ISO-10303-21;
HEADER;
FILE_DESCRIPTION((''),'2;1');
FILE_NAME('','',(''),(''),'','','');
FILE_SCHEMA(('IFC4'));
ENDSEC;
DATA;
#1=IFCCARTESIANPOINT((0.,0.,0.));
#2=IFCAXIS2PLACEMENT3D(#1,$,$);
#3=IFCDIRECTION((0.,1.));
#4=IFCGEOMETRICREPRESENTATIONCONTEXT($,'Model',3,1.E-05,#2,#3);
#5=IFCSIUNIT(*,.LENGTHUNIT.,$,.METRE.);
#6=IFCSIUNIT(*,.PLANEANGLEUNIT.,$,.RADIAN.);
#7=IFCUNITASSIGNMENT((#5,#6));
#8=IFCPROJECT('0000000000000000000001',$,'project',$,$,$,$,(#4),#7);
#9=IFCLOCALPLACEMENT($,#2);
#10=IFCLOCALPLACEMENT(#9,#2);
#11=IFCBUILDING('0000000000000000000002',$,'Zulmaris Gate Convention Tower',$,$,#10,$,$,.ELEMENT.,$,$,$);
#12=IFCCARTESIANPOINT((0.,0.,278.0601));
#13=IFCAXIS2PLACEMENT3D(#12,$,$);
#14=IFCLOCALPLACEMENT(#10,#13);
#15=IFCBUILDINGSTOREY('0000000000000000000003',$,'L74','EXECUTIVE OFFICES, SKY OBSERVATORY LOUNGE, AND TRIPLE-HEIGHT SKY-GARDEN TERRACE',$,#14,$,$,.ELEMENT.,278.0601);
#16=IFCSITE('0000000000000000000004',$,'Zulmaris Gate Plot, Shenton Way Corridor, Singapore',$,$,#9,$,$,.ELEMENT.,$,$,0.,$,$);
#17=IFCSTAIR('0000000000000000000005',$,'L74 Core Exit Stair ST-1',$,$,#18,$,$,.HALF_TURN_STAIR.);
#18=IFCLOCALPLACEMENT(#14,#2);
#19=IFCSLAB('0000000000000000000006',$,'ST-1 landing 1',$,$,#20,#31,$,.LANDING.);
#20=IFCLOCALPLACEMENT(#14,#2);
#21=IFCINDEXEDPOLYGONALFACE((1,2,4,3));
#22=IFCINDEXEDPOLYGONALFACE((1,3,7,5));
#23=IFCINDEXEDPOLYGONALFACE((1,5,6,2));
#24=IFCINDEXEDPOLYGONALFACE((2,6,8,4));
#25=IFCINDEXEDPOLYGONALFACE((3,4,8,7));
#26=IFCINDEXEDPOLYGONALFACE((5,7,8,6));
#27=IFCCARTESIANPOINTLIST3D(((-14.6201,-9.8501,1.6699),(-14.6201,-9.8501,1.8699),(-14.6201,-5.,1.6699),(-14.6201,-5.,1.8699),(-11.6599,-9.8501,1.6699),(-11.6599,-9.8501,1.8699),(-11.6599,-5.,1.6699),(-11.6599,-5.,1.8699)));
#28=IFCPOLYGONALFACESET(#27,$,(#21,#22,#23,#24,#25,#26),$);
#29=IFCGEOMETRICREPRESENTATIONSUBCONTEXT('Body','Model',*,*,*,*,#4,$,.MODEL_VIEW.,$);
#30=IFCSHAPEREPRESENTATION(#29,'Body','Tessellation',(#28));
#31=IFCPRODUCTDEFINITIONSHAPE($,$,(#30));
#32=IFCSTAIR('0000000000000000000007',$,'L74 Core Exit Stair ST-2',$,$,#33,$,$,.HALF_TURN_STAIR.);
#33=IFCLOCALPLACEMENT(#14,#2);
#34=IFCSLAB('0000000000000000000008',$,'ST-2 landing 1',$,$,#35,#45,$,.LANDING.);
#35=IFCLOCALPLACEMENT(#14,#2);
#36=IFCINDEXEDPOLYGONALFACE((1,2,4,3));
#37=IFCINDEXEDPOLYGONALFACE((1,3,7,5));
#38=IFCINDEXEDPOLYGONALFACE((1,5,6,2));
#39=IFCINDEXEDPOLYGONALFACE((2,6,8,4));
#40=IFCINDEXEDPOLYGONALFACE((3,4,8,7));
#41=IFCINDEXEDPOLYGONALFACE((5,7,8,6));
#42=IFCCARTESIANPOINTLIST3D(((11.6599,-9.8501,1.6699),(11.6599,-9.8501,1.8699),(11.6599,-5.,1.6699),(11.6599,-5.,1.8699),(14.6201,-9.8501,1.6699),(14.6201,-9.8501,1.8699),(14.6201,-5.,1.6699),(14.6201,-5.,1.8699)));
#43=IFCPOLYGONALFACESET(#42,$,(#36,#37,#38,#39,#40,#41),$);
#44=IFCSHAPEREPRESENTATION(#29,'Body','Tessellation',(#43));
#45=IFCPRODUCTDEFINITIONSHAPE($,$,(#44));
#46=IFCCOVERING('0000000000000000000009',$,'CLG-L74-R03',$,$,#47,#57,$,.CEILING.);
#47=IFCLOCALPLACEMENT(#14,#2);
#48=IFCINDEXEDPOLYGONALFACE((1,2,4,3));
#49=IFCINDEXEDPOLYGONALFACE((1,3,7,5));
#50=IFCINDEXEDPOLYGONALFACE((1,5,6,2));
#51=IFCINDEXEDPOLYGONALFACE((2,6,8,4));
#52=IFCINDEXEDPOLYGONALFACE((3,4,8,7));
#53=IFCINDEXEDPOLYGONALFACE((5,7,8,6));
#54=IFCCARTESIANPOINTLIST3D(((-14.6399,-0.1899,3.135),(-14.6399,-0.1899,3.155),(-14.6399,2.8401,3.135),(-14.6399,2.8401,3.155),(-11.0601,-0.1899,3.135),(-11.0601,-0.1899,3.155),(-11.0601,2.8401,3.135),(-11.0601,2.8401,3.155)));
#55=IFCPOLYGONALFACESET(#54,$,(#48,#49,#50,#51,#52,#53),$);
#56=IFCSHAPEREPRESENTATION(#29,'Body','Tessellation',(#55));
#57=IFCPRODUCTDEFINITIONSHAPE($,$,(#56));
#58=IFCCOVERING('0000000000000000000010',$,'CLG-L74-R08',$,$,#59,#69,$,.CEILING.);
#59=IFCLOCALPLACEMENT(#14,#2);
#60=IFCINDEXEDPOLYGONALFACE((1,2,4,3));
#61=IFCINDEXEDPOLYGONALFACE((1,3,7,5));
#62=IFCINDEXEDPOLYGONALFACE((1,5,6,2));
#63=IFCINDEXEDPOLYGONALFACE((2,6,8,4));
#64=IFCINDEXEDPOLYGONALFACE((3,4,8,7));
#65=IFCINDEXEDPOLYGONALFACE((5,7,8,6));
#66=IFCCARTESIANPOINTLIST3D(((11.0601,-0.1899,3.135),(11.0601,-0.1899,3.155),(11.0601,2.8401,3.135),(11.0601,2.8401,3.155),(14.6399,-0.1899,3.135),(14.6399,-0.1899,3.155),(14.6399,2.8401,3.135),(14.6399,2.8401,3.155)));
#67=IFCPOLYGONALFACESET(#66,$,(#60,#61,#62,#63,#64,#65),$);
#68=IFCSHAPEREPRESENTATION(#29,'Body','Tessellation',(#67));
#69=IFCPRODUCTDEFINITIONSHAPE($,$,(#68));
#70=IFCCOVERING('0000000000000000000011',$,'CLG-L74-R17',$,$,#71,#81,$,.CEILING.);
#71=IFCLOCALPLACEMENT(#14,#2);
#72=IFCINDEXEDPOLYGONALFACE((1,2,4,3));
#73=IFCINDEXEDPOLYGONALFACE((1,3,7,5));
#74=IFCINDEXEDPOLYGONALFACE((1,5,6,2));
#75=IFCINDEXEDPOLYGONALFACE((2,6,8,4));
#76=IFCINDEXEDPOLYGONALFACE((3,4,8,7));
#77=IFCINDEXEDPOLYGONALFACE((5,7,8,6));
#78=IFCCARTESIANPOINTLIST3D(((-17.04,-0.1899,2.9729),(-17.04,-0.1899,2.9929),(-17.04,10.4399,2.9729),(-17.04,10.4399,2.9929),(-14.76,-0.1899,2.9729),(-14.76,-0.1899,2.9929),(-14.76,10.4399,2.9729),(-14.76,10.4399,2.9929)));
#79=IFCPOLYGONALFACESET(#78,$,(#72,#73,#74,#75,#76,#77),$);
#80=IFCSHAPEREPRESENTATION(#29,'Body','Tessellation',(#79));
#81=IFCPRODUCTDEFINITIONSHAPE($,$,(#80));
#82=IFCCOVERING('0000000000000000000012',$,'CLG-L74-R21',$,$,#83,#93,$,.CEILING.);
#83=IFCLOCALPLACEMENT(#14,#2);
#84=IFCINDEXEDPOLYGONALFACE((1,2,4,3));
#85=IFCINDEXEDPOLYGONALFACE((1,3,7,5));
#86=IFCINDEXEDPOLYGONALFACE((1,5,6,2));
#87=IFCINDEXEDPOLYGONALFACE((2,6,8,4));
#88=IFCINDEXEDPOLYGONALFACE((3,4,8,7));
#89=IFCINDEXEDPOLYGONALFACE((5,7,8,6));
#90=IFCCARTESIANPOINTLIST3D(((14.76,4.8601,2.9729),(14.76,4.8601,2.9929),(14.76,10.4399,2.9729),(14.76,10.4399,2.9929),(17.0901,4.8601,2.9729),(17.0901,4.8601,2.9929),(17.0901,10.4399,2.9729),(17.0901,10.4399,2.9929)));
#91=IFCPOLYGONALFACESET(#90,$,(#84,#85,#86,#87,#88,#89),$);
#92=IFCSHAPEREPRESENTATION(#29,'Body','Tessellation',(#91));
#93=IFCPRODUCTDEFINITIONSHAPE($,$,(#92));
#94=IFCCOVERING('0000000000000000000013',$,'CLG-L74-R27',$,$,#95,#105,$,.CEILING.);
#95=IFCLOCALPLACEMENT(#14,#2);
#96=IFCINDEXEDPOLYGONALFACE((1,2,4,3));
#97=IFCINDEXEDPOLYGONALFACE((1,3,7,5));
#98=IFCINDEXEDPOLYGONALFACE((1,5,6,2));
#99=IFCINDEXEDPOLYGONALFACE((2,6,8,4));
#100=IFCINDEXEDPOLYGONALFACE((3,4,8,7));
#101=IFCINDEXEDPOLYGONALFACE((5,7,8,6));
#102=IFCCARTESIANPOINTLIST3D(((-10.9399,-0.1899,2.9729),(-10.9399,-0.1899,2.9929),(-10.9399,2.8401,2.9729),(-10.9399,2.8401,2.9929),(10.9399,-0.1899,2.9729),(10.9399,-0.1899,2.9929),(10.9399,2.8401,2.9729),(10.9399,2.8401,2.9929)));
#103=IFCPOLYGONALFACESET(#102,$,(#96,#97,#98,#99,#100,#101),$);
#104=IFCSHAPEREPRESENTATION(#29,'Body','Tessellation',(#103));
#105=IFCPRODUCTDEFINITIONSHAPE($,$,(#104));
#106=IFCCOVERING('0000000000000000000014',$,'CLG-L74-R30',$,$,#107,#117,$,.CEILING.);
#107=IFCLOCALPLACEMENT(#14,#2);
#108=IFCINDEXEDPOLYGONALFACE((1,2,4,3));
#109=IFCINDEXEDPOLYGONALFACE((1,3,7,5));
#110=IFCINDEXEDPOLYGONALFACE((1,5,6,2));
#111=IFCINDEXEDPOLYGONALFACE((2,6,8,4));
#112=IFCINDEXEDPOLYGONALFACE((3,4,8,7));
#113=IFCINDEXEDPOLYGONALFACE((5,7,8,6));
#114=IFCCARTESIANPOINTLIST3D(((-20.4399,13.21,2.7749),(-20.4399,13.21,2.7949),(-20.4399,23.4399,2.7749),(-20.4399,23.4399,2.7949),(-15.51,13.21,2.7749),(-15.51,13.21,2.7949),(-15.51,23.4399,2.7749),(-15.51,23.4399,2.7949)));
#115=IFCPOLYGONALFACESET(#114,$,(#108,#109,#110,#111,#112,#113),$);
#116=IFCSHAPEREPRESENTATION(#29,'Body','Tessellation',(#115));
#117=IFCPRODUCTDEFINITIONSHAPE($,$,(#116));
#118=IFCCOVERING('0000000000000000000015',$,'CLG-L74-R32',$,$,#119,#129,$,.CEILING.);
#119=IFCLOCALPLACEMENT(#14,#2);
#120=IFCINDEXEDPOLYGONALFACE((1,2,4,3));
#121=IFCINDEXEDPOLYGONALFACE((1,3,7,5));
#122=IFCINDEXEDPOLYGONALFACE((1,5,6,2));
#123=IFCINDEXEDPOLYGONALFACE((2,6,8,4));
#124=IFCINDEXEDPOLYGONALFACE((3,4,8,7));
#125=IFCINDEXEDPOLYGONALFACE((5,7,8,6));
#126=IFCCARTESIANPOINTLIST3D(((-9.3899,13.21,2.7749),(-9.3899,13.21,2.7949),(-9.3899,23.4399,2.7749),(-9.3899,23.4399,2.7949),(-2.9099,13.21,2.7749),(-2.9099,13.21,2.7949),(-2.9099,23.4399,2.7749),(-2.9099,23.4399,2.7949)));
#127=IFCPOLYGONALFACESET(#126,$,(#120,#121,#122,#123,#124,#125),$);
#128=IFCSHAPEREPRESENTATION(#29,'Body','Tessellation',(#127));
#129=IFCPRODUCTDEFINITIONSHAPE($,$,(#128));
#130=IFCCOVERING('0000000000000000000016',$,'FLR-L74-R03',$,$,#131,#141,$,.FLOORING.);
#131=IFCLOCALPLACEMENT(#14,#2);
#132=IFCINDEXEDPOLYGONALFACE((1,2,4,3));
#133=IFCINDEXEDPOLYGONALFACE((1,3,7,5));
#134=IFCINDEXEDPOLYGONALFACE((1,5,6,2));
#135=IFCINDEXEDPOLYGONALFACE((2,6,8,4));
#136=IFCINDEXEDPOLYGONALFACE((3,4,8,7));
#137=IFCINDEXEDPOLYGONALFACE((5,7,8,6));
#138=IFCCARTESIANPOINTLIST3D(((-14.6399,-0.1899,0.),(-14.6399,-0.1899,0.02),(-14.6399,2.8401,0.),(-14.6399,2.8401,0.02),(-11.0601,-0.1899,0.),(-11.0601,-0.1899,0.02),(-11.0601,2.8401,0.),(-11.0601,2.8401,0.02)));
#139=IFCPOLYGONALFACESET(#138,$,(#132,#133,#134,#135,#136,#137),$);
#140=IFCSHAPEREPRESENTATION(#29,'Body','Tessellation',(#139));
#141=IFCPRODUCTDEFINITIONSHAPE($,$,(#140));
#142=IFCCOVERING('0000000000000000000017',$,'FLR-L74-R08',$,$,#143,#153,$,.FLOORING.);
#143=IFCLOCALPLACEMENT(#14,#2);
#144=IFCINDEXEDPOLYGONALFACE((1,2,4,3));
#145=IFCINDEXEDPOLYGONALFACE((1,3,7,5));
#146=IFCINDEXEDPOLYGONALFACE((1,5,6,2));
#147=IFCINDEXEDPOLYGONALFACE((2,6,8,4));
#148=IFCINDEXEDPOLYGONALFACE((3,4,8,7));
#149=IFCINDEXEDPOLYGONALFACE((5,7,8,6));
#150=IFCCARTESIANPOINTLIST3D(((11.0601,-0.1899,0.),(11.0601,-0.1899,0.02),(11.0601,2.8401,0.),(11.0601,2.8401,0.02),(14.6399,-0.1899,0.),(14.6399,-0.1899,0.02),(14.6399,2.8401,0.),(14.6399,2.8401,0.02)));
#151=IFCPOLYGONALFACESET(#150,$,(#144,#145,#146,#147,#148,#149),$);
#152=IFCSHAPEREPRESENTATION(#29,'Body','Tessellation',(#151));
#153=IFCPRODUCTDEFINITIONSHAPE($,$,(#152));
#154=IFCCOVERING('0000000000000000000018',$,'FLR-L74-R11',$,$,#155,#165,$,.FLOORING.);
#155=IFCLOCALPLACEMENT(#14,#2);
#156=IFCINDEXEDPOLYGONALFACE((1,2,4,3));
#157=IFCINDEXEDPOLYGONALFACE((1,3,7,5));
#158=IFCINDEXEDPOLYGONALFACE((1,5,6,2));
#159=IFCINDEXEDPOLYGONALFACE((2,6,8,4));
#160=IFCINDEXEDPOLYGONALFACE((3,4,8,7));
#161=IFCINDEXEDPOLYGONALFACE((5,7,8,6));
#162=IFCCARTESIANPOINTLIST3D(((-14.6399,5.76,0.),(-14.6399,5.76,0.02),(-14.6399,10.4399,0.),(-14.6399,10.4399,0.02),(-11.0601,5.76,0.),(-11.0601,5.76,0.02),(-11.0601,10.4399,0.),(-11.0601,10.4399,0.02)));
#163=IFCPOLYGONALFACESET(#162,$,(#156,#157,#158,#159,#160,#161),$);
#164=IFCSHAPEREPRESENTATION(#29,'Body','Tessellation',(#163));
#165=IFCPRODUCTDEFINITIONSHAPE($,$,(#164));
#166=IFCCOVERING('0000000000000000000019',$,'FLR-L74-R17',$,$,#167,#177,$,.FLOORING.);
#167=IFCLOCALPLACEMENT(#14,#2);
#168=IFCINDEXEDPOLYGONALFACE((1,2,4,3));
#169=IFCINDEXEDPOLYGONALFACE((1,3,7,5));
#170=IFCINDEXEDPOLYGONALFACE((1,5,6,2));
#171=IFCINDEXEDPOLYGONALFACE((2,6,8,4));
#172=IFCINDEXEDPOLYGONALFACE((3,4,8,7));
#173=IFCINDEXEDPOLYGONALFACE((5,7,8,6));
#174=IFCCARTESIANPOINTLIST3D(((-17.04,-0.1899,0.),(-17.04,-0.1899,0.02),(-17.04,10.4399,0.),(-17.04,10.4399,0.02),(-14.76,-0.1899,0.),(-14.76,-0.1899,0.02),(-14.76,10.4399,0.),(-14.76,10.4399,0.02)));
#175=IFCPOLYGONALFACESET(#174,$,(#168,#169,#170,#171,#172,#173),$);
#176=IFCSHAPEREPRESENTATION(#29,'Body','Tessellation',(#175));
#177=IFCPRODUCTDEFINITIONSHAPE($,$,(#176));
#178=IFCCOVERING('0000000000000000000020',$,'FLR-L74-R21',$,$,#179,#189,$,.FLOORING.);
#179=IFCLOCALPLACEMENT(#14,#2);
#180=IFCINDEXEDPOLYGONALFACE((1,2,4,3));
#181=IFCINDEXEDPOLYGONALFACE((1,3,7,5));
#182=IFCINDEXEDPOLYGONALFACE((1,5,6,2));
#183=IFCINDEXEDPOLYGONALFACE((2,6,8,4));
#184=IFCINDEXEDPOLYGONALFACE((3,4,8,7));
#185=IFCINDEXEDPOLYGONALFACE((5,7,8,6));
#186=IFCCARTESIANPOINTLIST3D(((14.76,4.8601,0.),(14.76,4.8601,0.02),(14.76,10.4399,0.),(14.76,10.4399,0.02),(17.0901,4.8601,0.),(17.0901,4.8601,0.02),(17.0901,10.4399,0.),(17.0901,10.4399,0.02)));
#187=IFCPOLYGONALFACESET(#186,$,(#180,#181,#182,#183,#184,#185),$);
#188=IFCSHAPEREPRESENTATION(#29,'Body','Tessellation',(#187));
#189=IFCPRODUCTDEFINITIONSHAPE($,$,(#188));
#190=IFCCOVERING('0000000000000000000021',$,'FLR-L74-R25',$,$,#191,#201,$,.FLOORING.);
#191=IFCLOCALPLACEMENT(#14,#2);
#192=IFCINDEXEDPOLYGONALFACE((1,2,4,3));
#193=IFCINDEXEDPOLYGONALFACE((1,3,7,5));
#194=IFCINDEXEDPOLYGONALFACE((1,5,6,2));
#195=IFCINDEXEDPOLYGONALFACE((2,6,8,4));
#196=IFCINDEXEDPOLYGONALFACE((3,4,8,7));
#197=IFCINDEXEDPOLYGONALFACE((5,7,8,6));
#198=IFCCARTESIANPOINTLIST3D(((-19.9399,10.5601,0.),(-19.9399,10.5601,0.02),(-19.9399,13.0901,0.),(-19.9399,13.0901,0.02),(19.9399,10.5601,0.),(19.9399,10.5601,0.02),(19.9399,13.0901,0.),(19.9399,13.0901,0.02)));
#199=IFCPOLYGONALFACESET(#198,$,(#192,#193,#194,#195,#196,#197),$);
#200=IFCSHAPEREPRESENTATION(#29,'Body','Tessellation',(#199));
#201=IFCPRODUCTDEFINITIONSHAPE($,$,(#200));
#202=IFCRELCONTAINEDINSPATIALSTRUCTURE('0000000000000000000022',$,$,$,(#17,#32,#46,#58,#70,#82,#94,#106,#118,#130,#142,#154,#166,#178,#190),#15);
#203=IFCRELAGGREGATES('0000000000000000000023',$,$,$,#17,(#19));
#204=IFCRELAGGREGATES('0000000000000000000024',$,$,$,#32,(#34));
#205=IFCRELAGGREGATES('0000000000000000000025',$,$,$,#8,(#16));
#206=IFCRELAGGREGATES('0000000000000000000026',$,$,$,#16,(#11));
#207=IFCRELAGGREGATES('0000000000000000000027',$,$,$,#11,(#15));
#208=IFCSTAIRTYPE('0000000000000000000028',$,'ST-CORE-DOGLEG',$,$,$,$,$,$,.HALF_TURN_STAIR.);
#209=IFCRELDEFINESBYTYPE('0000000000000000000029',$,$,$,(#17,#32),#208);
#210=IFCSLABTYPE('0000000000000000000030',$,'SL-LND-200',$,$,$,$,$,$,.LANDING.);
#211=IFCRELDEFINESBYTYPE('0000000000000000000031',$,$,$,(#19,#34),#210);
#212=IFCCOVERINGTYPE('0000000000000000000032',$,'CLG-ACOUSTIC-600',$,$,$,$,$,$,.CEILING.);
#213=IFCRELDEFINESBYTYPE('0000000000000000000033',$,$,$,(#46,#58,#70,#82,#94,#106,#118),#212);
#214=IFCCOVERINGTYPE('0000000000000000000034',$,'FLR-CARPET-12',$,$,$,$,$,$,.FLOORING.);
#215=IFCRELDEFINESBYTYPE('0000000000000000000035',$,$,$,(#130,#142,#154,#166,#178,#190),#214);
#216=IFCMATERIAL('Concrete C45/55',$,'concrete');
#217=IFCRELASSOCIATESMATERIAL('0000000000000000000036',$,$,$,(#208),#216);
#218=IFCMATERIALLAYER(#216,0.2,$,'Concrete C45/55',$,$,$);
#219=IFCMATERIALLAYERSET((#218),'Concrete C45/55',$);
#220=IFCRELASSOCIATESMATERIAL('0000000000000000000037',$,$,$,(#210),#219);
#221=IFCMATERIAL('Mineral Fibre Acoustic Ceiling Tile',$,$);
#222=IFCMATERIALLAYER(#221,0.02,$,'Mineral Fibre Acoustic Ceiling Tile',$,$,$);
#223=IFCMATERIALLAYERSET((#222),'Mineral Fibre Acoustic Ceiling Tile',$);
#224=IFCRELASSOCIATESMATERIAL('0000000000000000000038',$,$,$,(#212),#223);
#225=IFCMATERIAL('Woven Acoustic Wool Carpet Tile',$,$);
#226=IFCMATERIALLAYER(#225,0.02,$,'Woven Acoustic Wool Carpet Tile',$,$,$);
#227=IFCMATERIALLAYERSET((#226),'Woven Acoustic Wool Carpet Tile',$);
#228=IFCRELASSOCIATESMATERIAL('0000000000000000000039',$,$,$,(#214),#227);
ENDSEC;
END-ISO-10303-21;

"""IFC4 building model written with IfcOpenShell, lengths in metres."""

from ifc_helpers import new_model, si_unit, direction, frame, origin, place, context, subcontext, project, spatial, polyline, outline, extrude, material, layer, layer_set, type_object, element, aggregate, save


model = new_model("IFC4")

# Units and contexts
model_context = context("Model", 3, precision=1e-05, world=origin(), true_north=direction((0.0, 1.0)))
body_context = subcontext(model_context, "Body", "Model", "MODEL_VIEW")
ifc_project = project(units=[si_unit("LENGTHUNIT", "METRE"), si_unit("PLANEANGLEUNIT", "RADIAN")], contexts=[model_context])

# Site, building, storey
site_placement = place(None, origin())
site = spatial("IfcSite", under=ifc_project, at=site_placement, Name="Zulmaris Gate Plot, Shenton Way Corridor, Singapore", CompositionType="ELEMENT", RefElevation=0.0)
building_placement = place(site_placement, origin())
building = spatial("IfcBuilding", under=site, at=building_placement, Name="Zulmaris Gate Convention Tower", CompositionType="ELEMENT")
storey_placement = place(building_placement, frame((0.0, 0.0, 278.0601)))
storey = spatial("IfcBuildingStorey", under=building, at=storey_placement, Name="L74", Description="EXECUTIVE OFFICES, SKY OBSERVATORY LOUNGE, AND TRIPLE-HEIGHT SKY-GARDEN TERRACE", CompositionType="ELEMENT", Elevation=278.0601)

# Stairs, slabs
ifc_material_1 = material(Name="Concrete C45/55", Category="concrete")
stair_type = type_object("IfcStairType", Name="ST-CORE-DOGLEG", PredefinedType="HALF_TURN_STAIR", material=ifc_material_1)
stair_1_placement = place(storey_placement, origin())
stair_1 = element("IfcStair", 1, at=stair_1_placement, inside=storey, type_object=stair_type, Name="L74 Core Exit Stair ST-1", PredefinedType="HALF_TURN_STAIR")
ifc_layer_1 = layer(ifc_material_1, 0.2, Name="Concrete C45/55")
ifc_layer_set_1 = layer_set([ifc_layer_1], Name="Concrete C45/55")
slab_type = type_object("IfcSlabType", Name="SL-LND-200", PredefinedType="LANDING", material=ifc_layer_set_1)
slab_1_placement = place(storey_placement, frame((0.0, 0.0, 1.6699)))
slab_1 = element("IfcSlab", 2, at=slab_1_placement, type_object=slab_type, Name="ST-1 landing 1", PredefinedType="LANDING", context=body_context, shape_type="SweptSolid", body=[
    extrude(outline(polyline([(-14.6201, -5.0), (-14.6201, -9.8501), (-11.6599, -9.8501), (-11.6599, -5.0), (-14.6201, -5.0)])), origin(), (0.0, 0.0, 1.0), 0.2),
])
aggregate(stair_1, [slab_1])
stair_2_placement = place(storey_placement, origin())
stair_2 = element("IfcStair", 3, at=stair_2_placement, inside=storey, type_object=stair_type, Name="L74 Core Exit Stair ST-2", PredefinedType="HALF_TURN_STAIR")
slab_2_placement = place(storey_placement, frame((0.0, 0.0, 1.6699)))
slab_2 = element("IfcSlab", 4, at=slab_2_placement, type_object=slab_type, Name="ST-2 landing 1", PredefinedType="LANDING", context=body_context, shape_type="SweptSolid", body=[
    extrude(outline(polyline([(11.6599, -5.0), (11.6599, -9.8501), (14.6201, -9.8501), (14.6201, -5.0), (11.6599, -5.0)])), origin(), (0.0, 0.0, 1.0), 0.2),
])
aggregate(stair_2, [slab_2])

# Coverings
ifc_material_2 = material(Name="Mineral Fibre Acoustic Ceiling Tile")
ifc_layer_2 = layer(ifc_material_2, 0.02, Name="Mineral Fibre Acoustic Ceiling Tile")
ifc_layer_set_2 = layer_set([ifc_layer_2], Name="Mineral Fibre Acoustic Ceiling Tile")
covering_type_1 = type_object("IfcCoveringType", Name="CLG-ACOUSTIC-600", PredefinedType="CEILING", material=ifc_layer_set_2)
covering_1_placement = place(storey_placement, frame((0.0, 0.0, 3.135)))
element("IfcCovering", 5, at=covering_1_placement, inside=storey, type_object=covering_type_1, Name="CLG-L74-R03", PredefinedType="CEILING", context=body_context, shape_type="SweptSolid", body=[
    extrude(outline(polyline([(-14.6399, -0.1899), (-11.0601, -0.1899), (-11.0601, 2.8401), (-14.6399, 2.8401), (-14.6399, -0.1899)])), origin(), (0.0, 0.0, 1.0), 0.02),
])
covering_2_placement = place(storey_placement, frame((0.0, 0.0, 3.135)))
element("IfcCovering", 6, at=covering_2_placement, inside=storey, type_object=covering_type_1, Name="CLG-L74-R08", PredefinedType="CEILING", context=body_context, shape_type="SweptSolid", body=[
    extrude(outline(polyline([(11.0601, -0.1899), (14.6399, -0.1899), (14.6399, 2.8401), (11.0601, 2.8401), (11.0601, -0.1899)])), origin(), (0.0, 0.0, 1.0), 0.02),
])
covering_3_placement = place(storey_placement, frame((0.0, 0.0, 2.9729)))
element("IfcCovering", 7, at=covering_3_placement, inside=storey, type_object=covering_type_1, Name="CLG-L74-R17", PredefinedType="CEILING", context=body_context, shape_type="SweptSolid", body=[
    extrude(outline(polyline([(-17.04, -0.1899), (-14.76, -0.1899), (-14.76, 10.4399), (-17.04, 10.4399), (-17.04, -0.1899)])), origin(), (0.0, 0.0, 1.0), 0.02),
])
covering_4_placement = place(storey_placement, frame((0.0, 0.0, 2.9729)))
element("IfcCovering", 8, at=covering_4_placement, inside=storey, type_object=covering_type_1, Name="CLG-L74-R21", PredefinedType="CEILING", context=body_context, shape_type="SweptSolid", body=[
    extrude(outline(polyline([(14.76, 4.8601), (17.0901, 4.8601), (17.0901, 10.4399), (14.76, 10.4399), (14.76, 4.8601)])), origin(), (0.0, 0.0, 1.0), 0.02),
])
covering_5_placement = place(storey_placement, frame((0.0, 0.0, 2.9729)))
element("IfcCovering", 9, at=covering_5_placement, inside=storey, type_object=covering_type_1, Name="CLG-L74-R27", PredefinedType="CEILING", context=body_context, shape_type="SweptSolid", body=[
    extrude(outline(polyline([(-10.9399, -0.1899), (10.9399, -0.1899), (10.9399, 2.8401), (-10.9399, 2.8401), (-10.9399, -0.1899)])), origin(), (0.0, 0.0, 1.0), 0.02),
])
covering_6_placement = place(storey_placement, frame((0.0, 0.0, 2.7749)))
element("IfcCovering", 10, at=covering_6_placement, inside=storey, type_object=covering_type_1, Name="CLG-L74-R30", PredefinedType="CEILING", context=body_context, shape_type="SweptSolid", body=[
    extrude(outline(polyline([(-20.4399, 13.21), (-15.51, 13.21), (-15.51, 23.4399), (-20.4399, 23.4399), (-20.4399, 13.21)])), origin(), (0.0, 0.0, 1.0), 0.02),
])
covering_7_placement = place(storey_placement, frame((0.0, 0.0, 2.7749)))
element("IfcCovering", 11, at=covering_7_placement, inside=storey, type_object=covering_type_1, Name="CLG-L74-R32", PredefinedType="CEILING", context=body_context, shape_type="SweptSolid", body=[
    extrude(outline(polyline([(-9.3899, 13.21), (-2.9099, 13.21), (-2.9099, 23.4399), (-9.3899, 23.4399), (-9.3899, 13.21)])), origin(), (0.0, 0.0, 1.0), 0.02),
])
ifc_material_3 = material(Name="Woven Acoustic Wool Carpet Tile")
ifc_layer_3 = layer(ifc_material_3, 0.02, Name="Woven Acoustic Wool Carpet Tile")
ifc_layer_set_3 = layer_set([ifc_layer_3], Name="Woven Acoustic Wool Carpet Tile")
covering_type_2 = type_object("IfcCoveringType", Name="FLR-CARPET-12", PredefinedType="FLOORING", material=ifc_layer_set_3)
covering_8_placement = place(storey_placement, origin())
element("IfcCovering", 12, at=covering_8_placement, inside=storey, type_object=covering_type_2, Name="FLR-L74-R03", PredefinedType="FLOORING", context=body_context, shape_type="SweptSolid", body=[
    extrude(outline(polyline([(-14.6399, -0.1899), (-11.0601, -0.1899), (-11.0601, 2.8401), (-14.6399, 2.8401), (-14.6399, -0.1899)])), origin(), (0.0, 0.0, 1.0), 0.02),
])
covering_9_placement = place(storey_placement, origin())
element("IfcCovering", 13, at=covering_9_placement, inside=storey, type_object=covering_type_2, Name="FLR-L74-R08", PredefinedType="FLOORING", context=body_context, shape_type="SweptSolid", body=[
    extrude(outline(polyline([(11.0601, -0.1899), (14.6399, -0.1899), (14.6399, 2.8401), (11.0601, 2.8401), (11.0601, -0.1899)])), origin(), (0.0, 0.0, 1.0), 0.02),
])
covering_10_placement = place(storey_placement, origin())
element("IfcCovering", 14, at=covering_10_placement, inside=storey, type_object=covering_type_2, Name="FLR-L74-R11", PredefinedType="FLOORING", context=body_context, shape_type="SweptSolid", body=[
    extrude(outline(polyline([(-14.6399, 5.76), (-11.0601, 5.76), (-11.0601, 10.4399), (-14.6399, 10.4399), (-14.6399, 5.76)])), origin(), (0.0, 0.0, 1.0), 0.02),
])
covering_11_placement = place(storey_placement, origin())
element("IfcCovering", 15, at=covering_11_placement, inside=storey, type_object=covering_type_2, Name="FLR-L74-R17", PredefinedType="FLOORING", context=body_context, shape_type="SweptSolid", body=[
    extrude(outline(polyline([(-17.04, -0.1899), (-14.76, -0.1899), (-14.76, 10.4399), (-17.04, 10.4399), (-17.04, -0.1899)])), origin(), (0.0, 0.0, 1.0), 0.02),
])
covering_12_placement = place(storey_placement, origin())
element("IfcCovering", 16, at=covering_12_placement, inside=storey, type_object=covering_type_2, Name="FLR-L74-R21", PredefinedType="FLOORING", context=body_context, shape_type="SweptSolid", body=[
    extrude(outline(polyline([(14.76, 4.8601), (17.0901, 4.8601), (17.0901, 10.4399), (14.76, 10.4399), (14.76, 4.8601)])), origin(), (0.0, 0.0, 1.0), 0.02),
])
covering_13_placement = place(storey_placement, origin())
element("IfcCovering", 17, at=covering_13_placement, inside=storey, type_object=covering_type_2, Name="FLR-L74-R25", PredefinedType="FLOORING", context=body_context, shape_type="SweptSolid", body=[
    extrude(outline(polyline([(-19.9399, 10.5601), (19.9399, 10.5601), (19.9399, 13.0901), (-19.9399, 13.0901), (-19.9399, 10.5601)])), origin(), (0.0, 0.0, 1.0), 0.02),
])

save(model, "model.ifc")
